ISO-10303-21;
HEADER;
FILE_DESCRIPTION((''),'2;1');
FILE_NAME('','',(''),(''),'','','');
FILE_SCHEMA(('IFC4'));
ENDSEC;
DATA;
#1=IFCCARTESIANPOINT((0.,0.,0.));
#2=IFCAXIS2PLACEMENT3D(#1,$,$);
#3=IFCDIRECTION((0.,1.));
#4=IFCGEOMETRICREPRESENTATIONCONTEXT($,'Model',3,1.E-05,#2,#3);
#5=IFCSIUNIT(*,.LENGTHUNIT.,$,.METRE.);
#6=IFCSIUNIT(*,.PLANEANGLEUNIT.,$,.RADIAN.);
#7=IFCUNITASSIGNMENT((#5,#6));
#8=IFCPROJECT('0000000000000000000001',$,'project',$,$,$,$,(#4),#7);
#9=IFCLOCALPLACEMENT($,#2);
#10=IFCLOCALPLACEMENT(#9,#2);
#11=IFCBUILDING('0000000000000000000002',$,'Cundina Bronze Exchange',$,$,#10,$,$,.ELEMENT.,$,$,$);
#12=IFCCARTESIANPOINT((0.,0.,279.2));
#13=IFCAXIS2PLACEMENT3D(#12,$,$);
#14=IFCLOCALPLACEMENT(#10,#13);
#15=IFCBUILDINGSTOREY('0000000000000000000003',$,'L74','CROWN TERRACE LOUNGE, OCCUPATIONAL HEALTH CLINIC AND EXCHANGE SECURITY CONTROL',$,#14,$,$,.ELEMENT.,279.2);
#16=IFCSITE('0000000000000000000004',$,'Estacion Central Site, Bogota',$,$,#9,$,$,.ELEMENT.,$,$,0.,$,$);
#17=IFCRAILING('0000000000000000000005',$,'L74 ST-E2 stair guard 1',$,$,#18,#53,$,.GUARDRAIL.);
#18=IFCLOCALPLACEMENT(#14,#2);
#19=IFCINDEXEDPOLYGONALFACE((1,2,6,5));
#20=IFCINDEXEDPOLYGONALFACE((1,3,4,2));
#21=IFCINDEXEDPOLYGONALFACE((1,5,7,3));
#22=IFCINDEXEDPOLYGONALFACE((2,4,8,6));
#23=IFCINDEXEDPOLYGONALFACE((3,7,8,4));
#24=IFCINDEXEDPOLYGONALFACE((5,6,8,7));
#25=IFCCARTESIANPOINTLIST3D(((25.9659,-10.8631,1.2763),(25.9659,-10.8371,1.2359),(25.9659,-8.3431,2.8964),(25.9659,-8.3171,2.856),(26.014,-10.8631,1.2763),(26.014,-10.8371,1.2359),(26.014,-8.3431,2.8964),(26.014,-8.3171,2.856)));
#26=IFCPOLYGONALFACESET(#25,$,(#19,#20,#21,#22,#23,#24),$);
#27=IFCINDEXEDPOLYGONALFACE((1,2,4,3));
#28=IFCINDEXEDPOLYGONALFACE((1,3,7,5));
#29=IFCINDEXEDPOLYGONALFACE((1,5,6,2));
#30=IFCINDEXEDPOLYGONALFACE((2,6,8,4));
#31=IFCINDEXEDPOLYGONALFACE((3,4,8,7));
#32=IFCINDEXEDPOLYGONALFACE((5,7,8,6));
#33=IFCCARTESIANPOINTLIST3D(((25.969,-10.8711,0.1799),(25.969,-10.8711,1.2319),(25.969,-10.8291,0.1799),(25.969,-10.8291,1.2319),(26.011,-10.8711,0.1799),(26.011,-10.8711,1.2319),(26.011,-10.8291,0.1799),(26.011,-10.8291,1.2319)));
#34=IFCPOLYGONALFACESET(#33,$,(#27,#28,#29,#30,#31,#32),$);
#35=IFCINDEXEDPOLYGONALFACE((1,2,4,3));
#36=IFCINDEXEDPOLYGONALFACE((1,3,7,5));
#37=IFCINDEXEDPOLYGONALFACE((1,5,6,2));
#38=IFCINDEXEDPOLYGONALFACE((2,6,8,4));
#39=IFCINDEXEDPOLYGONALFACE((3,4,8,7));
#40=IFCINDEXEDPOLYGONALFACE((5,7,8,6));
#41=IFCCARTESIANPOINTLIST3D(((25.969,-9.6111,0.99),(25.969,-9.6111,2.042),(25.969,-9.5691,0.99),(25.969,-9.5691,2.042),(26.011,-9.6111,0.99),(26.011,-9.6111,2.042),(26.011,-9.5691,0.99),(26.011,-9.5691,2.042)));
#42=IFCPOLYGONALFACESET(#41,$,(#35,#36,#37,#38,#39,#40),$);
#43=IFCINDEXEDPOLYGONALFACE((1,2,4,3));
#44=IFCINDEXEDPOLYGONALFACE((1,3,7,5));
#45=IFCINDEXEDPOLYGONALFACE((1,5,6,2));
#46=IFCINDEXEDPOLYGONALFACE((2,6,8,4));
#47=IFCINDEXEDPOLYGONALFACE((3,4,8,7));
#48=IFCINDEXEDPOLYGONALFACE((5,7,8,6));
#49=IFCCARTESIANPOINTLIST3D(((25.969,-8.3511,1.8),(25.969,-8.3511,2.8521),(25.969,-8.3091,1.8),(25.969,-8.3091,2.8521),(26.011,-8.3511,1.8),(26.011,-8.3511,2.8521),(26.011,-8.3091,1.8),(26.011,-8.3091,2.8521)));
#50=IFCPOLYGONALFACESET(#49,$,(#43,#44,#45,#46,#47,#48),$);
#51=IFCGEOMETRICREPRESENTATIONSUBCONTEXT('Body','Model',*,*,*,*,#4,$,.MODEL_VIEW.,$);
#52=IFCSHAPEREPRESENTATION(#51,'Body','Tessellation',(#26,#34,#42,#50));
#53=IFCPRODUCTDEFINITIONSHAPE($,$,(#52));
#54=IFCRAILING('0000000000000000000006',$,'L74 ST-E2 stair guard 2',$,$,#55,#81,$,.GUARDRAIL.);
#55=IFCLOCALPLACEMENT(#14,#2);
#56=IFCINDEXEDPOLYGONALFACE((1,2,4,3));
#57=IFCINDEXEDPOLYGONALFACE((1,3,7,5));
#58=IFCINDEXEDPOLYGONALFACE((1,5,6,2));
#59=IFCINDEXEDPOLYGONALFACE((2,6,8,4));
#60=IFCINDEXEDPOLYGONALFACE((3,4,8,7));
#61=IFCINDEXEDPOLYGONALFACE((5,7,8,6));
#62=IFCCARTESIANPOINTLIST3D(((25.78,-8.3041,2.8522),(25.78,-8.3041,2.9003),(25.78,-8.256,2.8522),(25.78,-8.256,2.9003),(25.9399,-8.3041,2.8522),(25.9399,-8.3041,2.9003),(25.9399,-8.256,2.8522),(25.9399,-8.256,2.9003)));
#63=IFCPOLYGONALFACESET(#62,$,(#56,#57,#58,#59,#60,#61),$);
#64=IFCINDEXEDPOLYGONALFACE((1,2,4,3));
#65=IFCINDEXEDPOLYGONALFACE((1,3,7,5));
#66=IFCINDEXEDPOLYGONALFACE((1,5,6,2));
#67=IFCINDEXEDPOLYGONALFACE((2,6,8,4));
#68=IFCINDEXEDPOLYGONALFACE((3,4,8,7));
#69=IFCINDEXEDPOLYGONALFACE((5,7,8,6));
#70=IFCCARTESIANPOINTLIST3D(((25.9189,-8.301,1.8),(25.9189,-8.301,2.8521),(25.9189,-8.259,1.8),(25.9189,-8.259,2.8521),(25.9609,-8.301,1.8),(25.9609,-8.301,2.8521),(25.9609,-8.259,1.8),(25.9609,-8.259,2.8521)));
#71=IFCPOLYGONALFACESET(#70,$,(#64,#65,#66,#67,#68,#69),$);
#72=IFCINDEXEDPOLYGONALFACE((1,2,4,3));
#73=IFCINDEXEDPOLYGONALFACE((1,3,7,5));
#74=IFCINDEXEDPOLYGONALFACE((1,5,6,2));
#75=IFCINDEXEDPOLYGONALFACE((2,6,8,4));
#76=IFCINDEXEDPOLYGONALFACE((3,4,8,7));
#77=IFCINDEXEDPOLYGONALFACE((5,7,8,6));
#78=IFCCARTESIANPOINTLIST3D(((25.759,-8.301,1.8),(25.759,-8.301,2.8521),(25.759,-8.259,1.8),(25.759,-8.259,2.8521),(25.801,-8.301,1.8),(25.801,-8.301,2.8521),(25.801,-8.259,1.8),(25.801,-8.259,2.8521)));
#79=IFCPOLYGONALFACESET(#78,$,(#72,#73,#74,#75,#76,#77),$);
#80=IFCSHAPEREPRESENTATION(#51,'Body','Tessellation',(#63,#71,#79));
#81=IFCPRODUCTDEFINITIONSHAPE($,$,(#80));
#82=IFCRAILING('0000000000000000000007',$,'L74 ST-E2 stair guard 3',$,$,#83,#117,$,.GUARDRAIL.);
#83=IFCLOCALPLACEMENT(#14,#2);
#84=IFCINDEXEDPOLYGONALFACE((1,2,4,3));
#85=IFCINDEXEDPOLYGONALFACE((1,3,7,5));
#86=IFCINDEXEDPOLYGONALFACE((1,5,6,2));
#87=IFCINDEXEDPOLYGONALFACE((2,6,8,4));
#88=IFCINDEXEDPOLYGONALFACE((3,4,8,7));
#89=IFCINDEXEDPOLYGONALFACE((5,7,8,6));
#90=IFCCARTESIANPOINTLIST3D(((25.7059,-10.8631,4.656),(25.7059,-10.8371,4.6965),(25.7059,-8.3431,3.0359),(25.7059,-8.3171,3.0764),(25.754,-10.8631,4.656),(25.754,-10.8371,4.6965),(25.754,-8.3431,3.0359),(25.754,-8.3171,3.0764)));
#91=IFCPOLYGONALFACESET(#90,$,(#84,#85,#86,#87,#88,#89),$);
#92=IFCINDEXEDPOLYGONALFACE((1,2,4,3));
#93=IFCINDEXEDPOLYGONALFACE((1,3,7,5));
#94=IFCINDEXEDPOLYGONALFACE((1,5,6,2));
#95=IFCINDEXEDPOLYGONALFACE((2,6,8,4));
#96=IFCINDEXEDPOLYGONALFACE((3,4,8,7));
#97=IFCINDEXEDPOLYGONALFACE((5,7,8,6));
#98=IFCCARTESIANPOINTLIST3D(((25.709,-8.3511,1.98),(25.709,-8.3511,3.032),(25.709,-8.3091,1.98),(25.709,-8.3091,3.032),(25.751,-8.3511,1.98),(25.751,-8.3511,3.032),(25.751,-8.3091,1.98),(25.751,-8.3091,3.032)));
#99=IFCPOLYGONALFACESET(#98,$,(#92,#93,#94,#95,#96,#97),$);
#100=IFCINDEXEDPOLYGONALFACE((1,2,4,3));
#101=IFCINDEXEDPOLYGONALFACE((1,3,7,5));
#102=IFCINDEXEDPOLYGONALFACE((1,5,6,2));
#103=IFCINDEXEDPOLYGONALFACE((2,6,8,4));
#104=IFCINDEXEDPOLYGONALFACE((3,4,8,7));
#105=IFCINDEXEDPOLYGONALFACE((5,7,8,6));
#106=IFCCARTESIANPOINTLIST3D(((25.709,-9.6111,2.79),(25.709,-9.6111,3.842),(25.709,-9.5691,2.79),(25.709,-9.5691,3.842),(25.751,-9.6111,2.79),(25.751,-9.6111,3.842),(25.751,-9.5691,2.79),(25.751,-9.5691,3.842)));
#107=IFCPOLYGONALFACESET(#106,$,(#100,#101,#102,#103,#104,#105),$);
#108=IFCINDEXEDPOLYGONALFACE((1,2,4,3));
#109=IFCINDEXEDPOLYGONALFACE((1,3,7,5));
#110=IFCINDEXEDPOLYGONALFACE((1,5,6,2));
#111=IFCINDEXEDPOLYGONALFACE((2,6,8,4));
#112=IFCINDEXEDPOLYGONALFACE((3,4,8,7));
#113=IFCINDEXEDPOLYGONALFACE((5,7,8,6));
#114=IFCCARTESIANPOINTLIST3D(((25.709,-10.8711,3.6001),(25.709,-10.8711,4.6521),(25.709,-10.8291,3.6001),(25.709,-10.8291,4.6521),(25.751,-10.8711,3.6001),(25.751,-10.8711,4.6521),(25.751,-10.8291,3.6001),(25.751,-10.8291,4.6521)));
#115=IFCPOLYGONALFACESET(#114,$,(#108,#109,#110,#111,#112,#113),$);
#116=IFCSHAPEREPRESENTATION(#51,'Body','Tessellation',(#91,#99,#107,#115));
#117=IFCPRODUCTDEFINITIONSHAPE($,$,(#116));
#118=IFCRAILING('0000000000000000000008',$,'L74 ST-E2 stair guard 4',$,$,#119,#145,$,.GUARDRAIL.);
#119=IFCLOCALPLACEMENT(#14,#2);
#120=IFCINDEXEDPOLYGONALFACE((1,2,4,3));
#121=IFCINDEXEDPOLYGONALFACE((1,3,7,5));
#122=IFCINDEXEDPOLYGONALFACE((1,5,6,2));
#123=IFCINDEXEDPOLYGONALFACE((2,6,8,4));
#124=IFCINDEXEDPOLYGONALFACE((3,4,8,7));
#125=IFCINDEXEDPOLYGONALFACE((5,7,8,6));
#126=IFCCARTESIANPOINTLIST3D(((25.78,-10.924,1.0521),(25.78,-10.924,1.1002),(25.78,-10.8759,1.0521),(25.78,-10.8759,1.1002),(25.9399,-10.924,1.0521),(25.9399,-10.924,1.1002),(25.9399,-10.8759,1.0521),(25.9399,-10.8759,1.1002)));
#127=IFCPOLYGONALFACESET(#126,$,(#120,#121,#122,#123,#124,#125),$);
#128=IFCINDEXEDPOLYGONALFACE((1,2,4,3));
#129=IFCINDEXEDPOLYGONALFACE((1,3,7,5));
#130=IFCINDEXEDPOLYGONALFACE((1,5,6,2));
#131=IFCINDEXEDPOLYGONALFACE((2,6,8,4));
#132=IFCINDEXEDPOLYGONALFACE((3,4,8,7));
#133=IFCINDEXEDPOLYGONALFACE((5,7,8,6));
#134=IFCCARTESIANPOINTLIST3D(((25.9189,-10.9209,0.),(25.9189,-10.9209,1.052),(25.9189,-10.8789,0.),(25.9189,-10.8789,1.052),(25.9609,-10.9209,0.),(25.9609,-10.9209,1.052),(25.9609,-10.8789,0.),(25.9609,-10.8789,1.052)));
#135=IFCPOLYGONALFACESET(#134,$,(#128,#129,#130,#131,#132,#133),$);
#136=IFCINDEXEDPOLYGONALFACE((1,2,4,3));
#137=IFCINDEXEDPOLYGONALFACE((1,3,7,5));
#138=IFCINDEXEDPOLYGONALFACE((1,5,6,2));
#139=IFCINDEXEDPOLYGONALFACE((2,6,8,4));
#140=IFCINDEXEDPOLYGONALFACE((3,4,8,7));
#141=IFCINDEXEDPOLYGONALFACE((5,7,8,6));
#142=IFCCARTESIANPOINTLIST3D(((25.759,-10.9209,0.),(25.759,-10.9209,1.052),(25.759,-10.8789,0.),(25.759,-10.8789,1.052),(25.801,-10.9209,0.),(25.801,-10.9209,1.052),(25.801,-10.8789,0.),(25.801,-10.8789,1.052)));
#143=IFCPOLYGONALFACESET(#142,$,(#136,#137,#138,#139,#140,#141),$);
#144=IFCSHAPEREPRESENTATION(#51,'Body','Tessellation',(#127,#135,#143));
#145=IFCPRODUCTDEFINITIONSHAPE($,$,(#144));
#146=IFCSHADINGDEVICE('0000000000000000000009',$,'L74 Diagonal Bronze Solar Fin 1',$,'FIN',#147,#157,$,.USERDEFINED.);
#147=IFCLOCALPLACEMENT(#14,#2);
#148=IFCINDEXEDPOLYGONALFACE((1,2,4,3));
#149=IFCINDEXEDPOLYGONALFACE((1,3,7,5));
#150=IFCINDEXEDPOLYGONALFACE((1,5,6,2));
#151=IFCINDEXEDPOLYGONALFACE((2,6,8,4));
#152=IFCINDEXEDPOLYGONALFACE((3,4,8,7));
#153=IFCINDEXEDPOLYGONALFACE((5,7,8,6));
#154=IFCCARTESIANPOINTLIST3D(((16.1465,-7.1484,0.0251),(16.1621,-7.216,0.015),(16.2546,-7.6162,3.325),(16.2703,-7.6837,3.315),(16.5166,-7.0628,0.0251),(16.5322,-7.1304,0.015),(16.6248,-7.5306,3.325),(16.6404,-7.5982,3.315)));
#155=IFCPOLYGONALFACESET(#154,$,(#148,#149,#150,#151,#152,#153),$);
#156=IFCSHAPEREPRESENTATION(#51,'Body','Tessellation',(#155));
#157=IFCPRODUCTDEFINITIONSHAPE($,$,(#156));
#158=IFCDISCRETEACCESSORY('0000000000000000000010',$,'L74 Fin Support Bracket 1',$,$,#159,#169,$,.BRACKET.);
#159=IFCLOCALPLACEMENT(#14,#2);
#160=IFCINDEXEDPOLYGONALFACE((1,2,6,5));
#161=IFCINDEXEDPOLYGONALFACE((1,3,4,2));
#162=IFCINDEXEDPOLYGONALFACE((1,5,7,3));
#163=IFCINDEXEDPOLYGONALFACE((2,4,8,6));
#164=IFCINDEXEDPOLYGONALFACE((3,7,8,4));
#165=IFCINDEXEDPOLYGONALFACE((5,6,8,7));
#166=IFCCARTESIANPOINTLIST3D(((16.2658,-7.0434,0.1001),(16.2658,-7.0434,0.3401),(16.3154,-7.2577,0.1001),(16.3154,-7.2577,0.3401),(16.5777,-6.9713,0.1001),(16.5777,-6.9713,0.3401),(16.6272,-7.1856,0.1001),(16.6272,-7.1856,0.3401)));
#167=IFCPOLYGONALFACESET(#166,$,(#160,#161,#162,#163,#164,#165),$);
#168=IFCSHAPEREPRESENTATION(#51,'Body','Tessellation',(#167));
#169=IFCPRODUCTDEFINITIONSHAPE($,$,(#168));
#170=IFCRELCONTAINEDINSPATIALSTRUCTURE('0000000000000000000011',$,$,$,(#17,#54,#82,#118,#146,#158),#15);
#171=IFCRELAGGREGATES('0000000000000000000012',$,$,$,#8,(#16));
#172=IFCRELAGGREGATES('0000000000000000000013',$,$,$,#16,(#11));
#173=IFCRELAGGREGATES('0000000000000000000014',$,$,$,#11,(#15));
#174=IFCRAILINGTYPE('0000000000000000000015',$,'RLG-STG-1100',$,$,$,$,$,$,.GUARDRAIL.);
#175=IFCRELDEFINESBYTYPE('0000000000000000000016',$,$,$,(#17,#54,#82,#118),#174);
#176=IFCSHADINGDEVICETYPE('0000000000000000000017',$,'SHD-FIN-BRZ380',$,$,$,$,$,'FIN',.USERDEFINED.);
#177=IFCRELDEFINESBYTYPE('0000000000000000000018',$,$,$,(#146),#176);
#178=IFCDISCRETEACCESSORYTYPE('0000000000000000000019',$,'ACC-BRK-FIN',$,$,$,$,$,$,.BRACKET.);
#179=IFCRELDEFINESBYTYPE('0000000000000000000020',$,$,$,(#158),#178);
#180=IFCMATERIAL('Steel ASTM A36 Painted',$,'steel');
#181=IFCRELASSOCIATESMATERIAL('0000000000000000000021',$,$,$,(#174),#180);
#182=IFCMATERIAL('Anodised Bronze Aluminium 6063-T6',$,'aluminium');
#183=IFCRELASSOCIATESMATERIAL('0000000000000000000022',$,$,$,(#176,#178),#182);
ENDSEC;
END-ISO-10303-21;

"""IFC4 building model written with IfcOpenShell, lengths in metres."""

from ifc_helpers import new_model, si_unit, direction, frame, origin, origin_2d, place, context, subcontext, project, spatial, rectangle, extrude, material, material_profile, profile_set, type_object, element, save


model = new_model("IFC4")

# Units and contexts
model_context = context("Model", 3, precision=1e-05, world=origin(), true_north=direction((0.0, 1.0)))
body_context = subcontext(model_context, "Body", "Model", "MODEL_VIEW")
ifc_project = project(units=[si_unit("LENGTHUNIT", "METRE"), si_unit("PLANEANGLEUNIT", "RADIAN")], contexts=[model_context])

# Site, building, storey
site_placement = place(None, origin())
site = spatial("IfcSite", under=ifc_project, at=site_placement, Name="Estacion Central Site, Bogota", CompositionType="ELEMENT", RefElevation=0.0)
building_placement = place(site_placement, origin())
building = spatial("IfcBuilding", under=site, at=building_placement, Name="Cundina Bronze Exchange", CompositionType="ELEMENT")
storey_placement = place(building_placement, frame((0.0, 0.0, 279.2)))
storey = spatial("IfcBuildingStorey", under=building, at=storey_placement, Name="L74", Description="CROWN TERRACE LOUNGE, OCCUPATIONAL HEALTH CLINIC AND EXCHANGE SECURITY CONTROL", CompositionType="ELEMENT", Elevation=279.2)

# Shared definitions
ifc_material_1 = material(Name="Anodised Bronze Aluminium 6063-T6", Category="aluminium")

# Shared definitions
ifc_material_2 = material(Name="Steel ASTM A36 Painted", Category="steel")

# Railings
railing_type_1 = type_object("IfcRailingType", Name="RLG-STG-1100", PredefinedType="GUARDRAIL", material=ifc_material_2)
railing_1_placement = place(storey_placement, frame((25.99, -10.8501, 0.1799)))
element("IfcRailing", 1, at=railing_1_placement, inside=storey, type_object=railing_type_1, Name="L74 ST-E2 stair guard 1", PredefinedType="GUARDRAIL", context=body_context, shape_type="SweptSolid", body=[
    extrude(rectangle(XDim=0.0481, YDim=0.0481, at=origin_2d()), frame((0.0, 0.0, 1.0762), z_axis=(0.0, 0.841163, 0.540782), x_axis=(-1.0, 0.0, 0.0)), (0.0, 0.0, 1.0), 2.9958),
    extrude(rectangle(XDim=0.042, YDim=0.042, at=origin_2d()), origin(), (0.0, 0.0, 1.0), 1.052),
    extrude(rectangle(XDim=0.042, YDim=0.042, at=origin_2d()), frame((0.0, 1.26, 0.8101)), (0.0, 0.0, 1.0), 1.052),
    extrude(rectangle(XDim=0.042, YDim=0.042, at=origin_2d()), frame((0.0, 2.52, 1.6201)), (0.0, 0.0, 1.0), 1.052),
])
railing_2_placement = place(storey_placement, frame((25.9399, -8.28, 1.8)))
element("IfcRailing", 2, at=railing_2_placement, inside=storey, type_object=railing_type_1, Name="L74 ST-E2 stair guard 2", PredefinedType="GUARDRAIL", context=body_context, shape_type="SweptSolid", body=[
    extrude(rectangle(XDim=0.0481, YDim=0.0481, at=origin_2d()), frame((0.0, 0.0, 1.0762), z_axis=(-1.0, 0.0, 0.0), x_axis=(0.0, -1.0, 0.0)), (0.0, 0.0, 1.0), 0.1599),
    extrude(rectangle(XDim=0.042, YDim=0.042, at=origin_2d()), origin(), (0.0, 0.0, 1.0), 1.052),
    extrude(rectangle(XDim=0.042, YDim=0.042, at=origin_2d()), frame((-0.1599, 0.0, 0.0)), (0.0, 0.0, 1.0), 1.052),
])
railing_3_placement = place(storey_placement, frame((25.73, -8.3301, 1.98)))
element("IfcRailing", 3, at=railing_3_placement, inside=storey, type_object=railing_type_1, Name="L74 ST-E2 stair guard 3", PredefinedType="GUARDRAIL", context=body_context, shape_type="SweptSolid", body=[
    extrude(rectangle(XDim=0.0481, YDim=0.0481, at=origin_2d()), frame((0.0, 0.0, 1.0762), z_axis=(0.0, -0.841163, 0.540782), x_axis=(1.0, 0.0, 0.0)), (0.0, 0.0, 1.0), 2.9958),
    extrude(rectangle(XDim=0.042, YDim=0.042, at=origin_2d()), origin(), (0.0, 0.0, 1.0), 1.052),
    extrude(rectangle(XDim=0.042, YDim=0.042, at=origin_2d()), frame((0.0, -1.26, 0.8101)), (0.0, 0.0, 1.0), 1.052),
    extrude(rectangle(XDim=0.042, YDim=0.042, at=origin_2d()), frame((0.0, -2.52, 1.6201)), (0.0, 0.0, 1.0), 1.052),
])
railing_4_placement = place(storey_placement, frame((25.9399, -10.8999, 0.0)))
element("IfcRailing", 4, at=railing_4_placement, inside=storey, type_object=railing_type_1, Name="L74 ST-E2 stair guard 4", PredefinedType="GUARDRAIL", context=body_context, shape_type="SweptSolid", body=[
    extrude(rectangle(XDim=0.0481, YDim=0.0481, at=origin_2d()), frame((0.0, 0.0, 1.0762), z_axis=(-1.0, 0.0, 0.0), x_axis=(0.0, -1.0, 0.0)), (0.0, 0.0, 1.0), 0.1599),
    extrude(rectangle(XDim=0.042, YDim=0.042, at=origin_2d()), origin(), (0.0, 0.0, 1.0), 1.052),
    extrude(rectangle(XDim=0.042, YDim=0.042, at=origin_2d()), frame((-0.1599, 0.0, 0.0)), (0.0, 0.0, 1.0), 1.052),
])

# Shading device
ifc_material_profile_1 = material_profile(ifc_material_1, rectangle(XDim=0.0701, YDim=0.3799, at=origin_2d()), Name="FIN70X380", Category="aluminium")
ifc_profile_set_1 = profile_set([ifc_material_profile_1], Name="Anodised Bronze Aluminium 6063-T6")
shading_device_type = type_object("IfcShadingDeviceType", Name="SHD-FIN-BRZ380", ElementType="FIN", PredefinedType="USERDEFINED", material=ifc_profile_set_1)
shading_device_placement = place(storey_placement, frame((16.3394, -7.1394, 0.02), z_axis=(0.032432, -0.140271, 0.989582), x_axis=(-0.222921, 0.964146, 0.143971)))
element("IfcShadingDevice", 5, at=shading_device_placement, inside=storey, type_object=shading_device_type, Name="L74 Diagonal Bronze Solar Fin 1", ObjectType="FIN", PredefinedType="USERDEFINED", context=body_context, shape_type="SweptSolid", body=[
    extrude(rectangle(XDim=0.0701, YDim=0.3799, at=origin_2d()), origin(), (0.0, 0.0, 1.0), 3.3347),
])

# Discrete accessory
discrete_accessory_type = type_object("IfcDiscreteAccessoryType", Name="ACC-BRK-FIN", PredefinedType="BRACKET", material=ifc_material_1)
discrete_accessory_placement = place(storey_placement, frame((16.4465, -7.1145, 0.1001), z_axis=(0.0, 0.0, 1.0), x_axis=(0.22524, -0.974303, 0.0)))
element("IfcDiscreteAccessory", 6, at=discrete_accessory_placement, inside=storey, type_object=discrete_accessory_type, Name="L74 Fin Support Bracket 1", PredefinedType="BRACKET", context=body_context, shape_type="SweptSolid", body=[
    extrude(rectangle(XDim=0.22, YDim=0.3201, at=origin_2d()), origin(), (0.0, 0.0, 1.0), 0.24),
])

save(model, "model.ifc")
